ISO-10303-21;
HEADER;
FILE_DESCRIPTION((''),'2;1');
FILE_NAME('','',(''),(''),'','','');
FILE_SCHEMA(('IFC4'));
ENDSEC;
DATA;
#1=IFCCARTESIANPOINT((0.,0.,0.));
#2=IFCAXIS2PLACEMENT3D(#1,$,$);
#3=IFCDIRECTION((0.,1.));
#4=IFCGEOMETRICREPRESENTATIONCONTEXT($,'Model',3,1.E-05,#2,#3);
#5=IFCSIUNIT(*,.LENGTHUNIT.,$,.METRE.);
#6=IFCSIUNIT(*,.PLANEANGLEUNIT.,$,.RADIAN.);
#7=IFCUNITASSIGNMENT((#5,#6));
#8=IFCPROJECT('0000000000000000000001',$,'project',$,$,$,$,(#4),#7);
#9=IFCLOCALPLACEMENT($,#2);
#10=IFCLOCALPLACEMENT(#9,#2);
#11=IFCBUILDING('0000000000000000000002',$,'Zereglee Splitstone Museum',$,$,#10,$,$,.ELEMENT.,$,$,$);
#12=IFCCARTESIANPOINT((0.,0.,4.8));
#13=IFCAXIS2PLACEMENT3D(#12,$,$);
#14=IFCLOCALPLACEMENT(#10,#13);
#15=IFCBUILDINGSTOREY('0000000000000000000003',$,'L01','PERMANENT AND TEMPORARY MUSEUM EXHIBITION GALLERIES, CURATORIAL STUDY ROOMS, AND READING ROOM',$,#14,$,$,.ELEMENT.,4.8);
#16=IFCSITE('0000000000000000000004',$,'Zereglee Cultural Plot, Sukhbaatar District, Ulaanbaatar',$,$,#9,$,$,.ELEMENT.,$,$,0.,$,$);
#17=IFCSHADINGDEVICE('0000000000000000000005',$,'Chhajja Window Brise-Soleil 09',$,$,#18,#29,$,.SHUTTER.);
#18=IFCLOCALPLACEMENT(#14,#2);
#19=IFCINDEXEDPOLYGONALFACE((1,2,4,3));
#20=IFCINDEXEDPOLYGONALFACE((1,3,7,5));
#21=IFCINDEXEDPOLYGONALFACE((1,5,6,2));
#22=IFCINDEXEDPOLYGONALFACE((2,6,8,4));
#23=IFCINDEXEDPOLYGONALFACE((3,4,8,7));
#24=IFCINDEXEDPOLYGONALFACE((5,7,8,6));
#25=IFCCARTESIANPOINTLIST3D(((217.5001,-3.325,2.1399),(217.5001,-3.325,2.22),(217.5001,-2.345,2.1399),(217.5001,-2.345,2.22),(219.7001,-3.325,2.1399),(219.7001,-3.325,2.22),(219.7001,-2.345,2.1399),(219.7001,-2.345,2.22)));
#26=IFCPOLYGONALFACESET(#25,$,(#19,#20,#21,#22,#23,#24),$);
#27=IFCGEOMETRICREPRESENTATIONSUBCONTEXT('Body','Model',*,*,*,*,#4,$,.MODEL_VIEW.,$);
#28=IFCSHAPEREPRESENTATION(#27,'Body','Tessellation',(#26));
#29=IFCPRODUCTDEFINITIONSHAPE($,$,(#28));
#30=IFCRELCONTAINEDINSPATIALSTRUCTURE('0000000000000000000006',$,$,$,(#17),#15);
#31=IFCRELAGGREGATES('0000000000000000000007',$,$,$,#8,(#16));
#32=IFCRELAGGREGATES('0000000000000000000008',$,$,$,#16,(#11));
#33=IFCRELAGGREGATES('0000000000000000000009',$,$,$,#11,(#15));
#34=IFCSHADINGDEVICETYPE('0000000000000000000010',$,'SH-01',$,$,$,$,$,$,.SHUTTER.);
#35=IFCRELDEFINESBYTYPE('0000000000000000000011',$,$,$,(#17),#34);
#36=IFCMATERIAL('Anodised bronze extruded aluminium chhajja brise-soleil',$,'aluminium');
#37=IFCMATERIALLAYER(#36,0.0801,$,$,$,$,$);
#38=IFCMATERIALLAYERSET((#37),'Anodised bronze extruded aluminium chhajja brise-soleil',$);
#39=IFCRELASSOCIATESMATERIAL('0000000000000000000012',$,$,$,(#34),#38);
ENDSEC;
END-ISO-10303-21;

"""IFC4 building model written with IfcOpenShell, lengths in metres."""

from ifc_helpers import new_model, si_unit, direction, frame, origin, origin_2d, place, context, subcontext, project, spatial, rectangle, extrude, material, layer, layer_set, type_object, element, save


model = new_model("IFC4")

# Units and contexts
model_context = context("Model", 3, precision=1e-05, world=origin(), true_north=direction((0.0, 1.0)))
body_context = subcontext(model_context, "Body", "Model", "MODEL_VIEW")
ifc_project = project(units=[si_unit("LENGTHUNIT", "METRE"), si_unit("PLANEANGLEUNIT", "RADIAN")], contexts=[model_context])

# Site, building, storey
site_placement = place(None, origin())
site = spatial("IfcSite", under=ifc_project, at=site_placement, Name="Zereglee Cultural Plot, Sukhbaatar District, Ulaanbaatar", CompositionType="ELEMENT", RefElevation=0.0)
building_placement = place(site_placement, origin())
building = spatial("IfcBuilding", under=site, at=building_placement, Name="Zereglee Splitstone Museum", CompositionType="ELEMENT")
storey_placement = place(building_placement, frame((0.0, 0.0, 4.8)))
storey = spatial("IfcBuildingStorey", under=building, at=storey_placement, Name="L01", Description="PERMANENT AND TEMPORARY MUSEUM EXHIBITION GALLERIES, CURATORIAL STUDY ROOMS, AND READING ROOM", CompositionType="ELEMENT", Elevation=4.8)

# Shading device
ifc_material_1 = material(Name="Anodised bronze extruded aluminium chhajja brise-soleil", Category="aluminium")
ifc_layer_1 = layer(ifc_material_1, 0.0801)
ifc_layer_set_1 = layer_set([ifc_layer_1], Name="Anodised bronze extruded aluminium chhajja brise-soleil")
shading_device_type = type_object("IfcShadingDeviceType", Name="SH-01", PredefinedType="SHUTTER", material=ifc_layer_set_1)
shading_device_placement = place(storey_placement, frame((218.6001, -2.835, 2.1399), z_axis=(0.0, 0.0, 1.0), x_axis=(1.0, 0.0, 0.0)))
element("IfcShadingDevice", 1, at=shading_device_placement, inside=storey, type_object=shading_device_type, Name="Chhajja Window Brise-Soleil 09", PredefinedType="SHUTTER", context=body_context, shape_type="SweptSolid", body=[
    extrude(rectangle(XDim=2.2, YDim=0.98, at=origin_2d()), origin(), (0.0, 0.0, 1.0), 0.0801),
])

save(model, "model.ifc")
